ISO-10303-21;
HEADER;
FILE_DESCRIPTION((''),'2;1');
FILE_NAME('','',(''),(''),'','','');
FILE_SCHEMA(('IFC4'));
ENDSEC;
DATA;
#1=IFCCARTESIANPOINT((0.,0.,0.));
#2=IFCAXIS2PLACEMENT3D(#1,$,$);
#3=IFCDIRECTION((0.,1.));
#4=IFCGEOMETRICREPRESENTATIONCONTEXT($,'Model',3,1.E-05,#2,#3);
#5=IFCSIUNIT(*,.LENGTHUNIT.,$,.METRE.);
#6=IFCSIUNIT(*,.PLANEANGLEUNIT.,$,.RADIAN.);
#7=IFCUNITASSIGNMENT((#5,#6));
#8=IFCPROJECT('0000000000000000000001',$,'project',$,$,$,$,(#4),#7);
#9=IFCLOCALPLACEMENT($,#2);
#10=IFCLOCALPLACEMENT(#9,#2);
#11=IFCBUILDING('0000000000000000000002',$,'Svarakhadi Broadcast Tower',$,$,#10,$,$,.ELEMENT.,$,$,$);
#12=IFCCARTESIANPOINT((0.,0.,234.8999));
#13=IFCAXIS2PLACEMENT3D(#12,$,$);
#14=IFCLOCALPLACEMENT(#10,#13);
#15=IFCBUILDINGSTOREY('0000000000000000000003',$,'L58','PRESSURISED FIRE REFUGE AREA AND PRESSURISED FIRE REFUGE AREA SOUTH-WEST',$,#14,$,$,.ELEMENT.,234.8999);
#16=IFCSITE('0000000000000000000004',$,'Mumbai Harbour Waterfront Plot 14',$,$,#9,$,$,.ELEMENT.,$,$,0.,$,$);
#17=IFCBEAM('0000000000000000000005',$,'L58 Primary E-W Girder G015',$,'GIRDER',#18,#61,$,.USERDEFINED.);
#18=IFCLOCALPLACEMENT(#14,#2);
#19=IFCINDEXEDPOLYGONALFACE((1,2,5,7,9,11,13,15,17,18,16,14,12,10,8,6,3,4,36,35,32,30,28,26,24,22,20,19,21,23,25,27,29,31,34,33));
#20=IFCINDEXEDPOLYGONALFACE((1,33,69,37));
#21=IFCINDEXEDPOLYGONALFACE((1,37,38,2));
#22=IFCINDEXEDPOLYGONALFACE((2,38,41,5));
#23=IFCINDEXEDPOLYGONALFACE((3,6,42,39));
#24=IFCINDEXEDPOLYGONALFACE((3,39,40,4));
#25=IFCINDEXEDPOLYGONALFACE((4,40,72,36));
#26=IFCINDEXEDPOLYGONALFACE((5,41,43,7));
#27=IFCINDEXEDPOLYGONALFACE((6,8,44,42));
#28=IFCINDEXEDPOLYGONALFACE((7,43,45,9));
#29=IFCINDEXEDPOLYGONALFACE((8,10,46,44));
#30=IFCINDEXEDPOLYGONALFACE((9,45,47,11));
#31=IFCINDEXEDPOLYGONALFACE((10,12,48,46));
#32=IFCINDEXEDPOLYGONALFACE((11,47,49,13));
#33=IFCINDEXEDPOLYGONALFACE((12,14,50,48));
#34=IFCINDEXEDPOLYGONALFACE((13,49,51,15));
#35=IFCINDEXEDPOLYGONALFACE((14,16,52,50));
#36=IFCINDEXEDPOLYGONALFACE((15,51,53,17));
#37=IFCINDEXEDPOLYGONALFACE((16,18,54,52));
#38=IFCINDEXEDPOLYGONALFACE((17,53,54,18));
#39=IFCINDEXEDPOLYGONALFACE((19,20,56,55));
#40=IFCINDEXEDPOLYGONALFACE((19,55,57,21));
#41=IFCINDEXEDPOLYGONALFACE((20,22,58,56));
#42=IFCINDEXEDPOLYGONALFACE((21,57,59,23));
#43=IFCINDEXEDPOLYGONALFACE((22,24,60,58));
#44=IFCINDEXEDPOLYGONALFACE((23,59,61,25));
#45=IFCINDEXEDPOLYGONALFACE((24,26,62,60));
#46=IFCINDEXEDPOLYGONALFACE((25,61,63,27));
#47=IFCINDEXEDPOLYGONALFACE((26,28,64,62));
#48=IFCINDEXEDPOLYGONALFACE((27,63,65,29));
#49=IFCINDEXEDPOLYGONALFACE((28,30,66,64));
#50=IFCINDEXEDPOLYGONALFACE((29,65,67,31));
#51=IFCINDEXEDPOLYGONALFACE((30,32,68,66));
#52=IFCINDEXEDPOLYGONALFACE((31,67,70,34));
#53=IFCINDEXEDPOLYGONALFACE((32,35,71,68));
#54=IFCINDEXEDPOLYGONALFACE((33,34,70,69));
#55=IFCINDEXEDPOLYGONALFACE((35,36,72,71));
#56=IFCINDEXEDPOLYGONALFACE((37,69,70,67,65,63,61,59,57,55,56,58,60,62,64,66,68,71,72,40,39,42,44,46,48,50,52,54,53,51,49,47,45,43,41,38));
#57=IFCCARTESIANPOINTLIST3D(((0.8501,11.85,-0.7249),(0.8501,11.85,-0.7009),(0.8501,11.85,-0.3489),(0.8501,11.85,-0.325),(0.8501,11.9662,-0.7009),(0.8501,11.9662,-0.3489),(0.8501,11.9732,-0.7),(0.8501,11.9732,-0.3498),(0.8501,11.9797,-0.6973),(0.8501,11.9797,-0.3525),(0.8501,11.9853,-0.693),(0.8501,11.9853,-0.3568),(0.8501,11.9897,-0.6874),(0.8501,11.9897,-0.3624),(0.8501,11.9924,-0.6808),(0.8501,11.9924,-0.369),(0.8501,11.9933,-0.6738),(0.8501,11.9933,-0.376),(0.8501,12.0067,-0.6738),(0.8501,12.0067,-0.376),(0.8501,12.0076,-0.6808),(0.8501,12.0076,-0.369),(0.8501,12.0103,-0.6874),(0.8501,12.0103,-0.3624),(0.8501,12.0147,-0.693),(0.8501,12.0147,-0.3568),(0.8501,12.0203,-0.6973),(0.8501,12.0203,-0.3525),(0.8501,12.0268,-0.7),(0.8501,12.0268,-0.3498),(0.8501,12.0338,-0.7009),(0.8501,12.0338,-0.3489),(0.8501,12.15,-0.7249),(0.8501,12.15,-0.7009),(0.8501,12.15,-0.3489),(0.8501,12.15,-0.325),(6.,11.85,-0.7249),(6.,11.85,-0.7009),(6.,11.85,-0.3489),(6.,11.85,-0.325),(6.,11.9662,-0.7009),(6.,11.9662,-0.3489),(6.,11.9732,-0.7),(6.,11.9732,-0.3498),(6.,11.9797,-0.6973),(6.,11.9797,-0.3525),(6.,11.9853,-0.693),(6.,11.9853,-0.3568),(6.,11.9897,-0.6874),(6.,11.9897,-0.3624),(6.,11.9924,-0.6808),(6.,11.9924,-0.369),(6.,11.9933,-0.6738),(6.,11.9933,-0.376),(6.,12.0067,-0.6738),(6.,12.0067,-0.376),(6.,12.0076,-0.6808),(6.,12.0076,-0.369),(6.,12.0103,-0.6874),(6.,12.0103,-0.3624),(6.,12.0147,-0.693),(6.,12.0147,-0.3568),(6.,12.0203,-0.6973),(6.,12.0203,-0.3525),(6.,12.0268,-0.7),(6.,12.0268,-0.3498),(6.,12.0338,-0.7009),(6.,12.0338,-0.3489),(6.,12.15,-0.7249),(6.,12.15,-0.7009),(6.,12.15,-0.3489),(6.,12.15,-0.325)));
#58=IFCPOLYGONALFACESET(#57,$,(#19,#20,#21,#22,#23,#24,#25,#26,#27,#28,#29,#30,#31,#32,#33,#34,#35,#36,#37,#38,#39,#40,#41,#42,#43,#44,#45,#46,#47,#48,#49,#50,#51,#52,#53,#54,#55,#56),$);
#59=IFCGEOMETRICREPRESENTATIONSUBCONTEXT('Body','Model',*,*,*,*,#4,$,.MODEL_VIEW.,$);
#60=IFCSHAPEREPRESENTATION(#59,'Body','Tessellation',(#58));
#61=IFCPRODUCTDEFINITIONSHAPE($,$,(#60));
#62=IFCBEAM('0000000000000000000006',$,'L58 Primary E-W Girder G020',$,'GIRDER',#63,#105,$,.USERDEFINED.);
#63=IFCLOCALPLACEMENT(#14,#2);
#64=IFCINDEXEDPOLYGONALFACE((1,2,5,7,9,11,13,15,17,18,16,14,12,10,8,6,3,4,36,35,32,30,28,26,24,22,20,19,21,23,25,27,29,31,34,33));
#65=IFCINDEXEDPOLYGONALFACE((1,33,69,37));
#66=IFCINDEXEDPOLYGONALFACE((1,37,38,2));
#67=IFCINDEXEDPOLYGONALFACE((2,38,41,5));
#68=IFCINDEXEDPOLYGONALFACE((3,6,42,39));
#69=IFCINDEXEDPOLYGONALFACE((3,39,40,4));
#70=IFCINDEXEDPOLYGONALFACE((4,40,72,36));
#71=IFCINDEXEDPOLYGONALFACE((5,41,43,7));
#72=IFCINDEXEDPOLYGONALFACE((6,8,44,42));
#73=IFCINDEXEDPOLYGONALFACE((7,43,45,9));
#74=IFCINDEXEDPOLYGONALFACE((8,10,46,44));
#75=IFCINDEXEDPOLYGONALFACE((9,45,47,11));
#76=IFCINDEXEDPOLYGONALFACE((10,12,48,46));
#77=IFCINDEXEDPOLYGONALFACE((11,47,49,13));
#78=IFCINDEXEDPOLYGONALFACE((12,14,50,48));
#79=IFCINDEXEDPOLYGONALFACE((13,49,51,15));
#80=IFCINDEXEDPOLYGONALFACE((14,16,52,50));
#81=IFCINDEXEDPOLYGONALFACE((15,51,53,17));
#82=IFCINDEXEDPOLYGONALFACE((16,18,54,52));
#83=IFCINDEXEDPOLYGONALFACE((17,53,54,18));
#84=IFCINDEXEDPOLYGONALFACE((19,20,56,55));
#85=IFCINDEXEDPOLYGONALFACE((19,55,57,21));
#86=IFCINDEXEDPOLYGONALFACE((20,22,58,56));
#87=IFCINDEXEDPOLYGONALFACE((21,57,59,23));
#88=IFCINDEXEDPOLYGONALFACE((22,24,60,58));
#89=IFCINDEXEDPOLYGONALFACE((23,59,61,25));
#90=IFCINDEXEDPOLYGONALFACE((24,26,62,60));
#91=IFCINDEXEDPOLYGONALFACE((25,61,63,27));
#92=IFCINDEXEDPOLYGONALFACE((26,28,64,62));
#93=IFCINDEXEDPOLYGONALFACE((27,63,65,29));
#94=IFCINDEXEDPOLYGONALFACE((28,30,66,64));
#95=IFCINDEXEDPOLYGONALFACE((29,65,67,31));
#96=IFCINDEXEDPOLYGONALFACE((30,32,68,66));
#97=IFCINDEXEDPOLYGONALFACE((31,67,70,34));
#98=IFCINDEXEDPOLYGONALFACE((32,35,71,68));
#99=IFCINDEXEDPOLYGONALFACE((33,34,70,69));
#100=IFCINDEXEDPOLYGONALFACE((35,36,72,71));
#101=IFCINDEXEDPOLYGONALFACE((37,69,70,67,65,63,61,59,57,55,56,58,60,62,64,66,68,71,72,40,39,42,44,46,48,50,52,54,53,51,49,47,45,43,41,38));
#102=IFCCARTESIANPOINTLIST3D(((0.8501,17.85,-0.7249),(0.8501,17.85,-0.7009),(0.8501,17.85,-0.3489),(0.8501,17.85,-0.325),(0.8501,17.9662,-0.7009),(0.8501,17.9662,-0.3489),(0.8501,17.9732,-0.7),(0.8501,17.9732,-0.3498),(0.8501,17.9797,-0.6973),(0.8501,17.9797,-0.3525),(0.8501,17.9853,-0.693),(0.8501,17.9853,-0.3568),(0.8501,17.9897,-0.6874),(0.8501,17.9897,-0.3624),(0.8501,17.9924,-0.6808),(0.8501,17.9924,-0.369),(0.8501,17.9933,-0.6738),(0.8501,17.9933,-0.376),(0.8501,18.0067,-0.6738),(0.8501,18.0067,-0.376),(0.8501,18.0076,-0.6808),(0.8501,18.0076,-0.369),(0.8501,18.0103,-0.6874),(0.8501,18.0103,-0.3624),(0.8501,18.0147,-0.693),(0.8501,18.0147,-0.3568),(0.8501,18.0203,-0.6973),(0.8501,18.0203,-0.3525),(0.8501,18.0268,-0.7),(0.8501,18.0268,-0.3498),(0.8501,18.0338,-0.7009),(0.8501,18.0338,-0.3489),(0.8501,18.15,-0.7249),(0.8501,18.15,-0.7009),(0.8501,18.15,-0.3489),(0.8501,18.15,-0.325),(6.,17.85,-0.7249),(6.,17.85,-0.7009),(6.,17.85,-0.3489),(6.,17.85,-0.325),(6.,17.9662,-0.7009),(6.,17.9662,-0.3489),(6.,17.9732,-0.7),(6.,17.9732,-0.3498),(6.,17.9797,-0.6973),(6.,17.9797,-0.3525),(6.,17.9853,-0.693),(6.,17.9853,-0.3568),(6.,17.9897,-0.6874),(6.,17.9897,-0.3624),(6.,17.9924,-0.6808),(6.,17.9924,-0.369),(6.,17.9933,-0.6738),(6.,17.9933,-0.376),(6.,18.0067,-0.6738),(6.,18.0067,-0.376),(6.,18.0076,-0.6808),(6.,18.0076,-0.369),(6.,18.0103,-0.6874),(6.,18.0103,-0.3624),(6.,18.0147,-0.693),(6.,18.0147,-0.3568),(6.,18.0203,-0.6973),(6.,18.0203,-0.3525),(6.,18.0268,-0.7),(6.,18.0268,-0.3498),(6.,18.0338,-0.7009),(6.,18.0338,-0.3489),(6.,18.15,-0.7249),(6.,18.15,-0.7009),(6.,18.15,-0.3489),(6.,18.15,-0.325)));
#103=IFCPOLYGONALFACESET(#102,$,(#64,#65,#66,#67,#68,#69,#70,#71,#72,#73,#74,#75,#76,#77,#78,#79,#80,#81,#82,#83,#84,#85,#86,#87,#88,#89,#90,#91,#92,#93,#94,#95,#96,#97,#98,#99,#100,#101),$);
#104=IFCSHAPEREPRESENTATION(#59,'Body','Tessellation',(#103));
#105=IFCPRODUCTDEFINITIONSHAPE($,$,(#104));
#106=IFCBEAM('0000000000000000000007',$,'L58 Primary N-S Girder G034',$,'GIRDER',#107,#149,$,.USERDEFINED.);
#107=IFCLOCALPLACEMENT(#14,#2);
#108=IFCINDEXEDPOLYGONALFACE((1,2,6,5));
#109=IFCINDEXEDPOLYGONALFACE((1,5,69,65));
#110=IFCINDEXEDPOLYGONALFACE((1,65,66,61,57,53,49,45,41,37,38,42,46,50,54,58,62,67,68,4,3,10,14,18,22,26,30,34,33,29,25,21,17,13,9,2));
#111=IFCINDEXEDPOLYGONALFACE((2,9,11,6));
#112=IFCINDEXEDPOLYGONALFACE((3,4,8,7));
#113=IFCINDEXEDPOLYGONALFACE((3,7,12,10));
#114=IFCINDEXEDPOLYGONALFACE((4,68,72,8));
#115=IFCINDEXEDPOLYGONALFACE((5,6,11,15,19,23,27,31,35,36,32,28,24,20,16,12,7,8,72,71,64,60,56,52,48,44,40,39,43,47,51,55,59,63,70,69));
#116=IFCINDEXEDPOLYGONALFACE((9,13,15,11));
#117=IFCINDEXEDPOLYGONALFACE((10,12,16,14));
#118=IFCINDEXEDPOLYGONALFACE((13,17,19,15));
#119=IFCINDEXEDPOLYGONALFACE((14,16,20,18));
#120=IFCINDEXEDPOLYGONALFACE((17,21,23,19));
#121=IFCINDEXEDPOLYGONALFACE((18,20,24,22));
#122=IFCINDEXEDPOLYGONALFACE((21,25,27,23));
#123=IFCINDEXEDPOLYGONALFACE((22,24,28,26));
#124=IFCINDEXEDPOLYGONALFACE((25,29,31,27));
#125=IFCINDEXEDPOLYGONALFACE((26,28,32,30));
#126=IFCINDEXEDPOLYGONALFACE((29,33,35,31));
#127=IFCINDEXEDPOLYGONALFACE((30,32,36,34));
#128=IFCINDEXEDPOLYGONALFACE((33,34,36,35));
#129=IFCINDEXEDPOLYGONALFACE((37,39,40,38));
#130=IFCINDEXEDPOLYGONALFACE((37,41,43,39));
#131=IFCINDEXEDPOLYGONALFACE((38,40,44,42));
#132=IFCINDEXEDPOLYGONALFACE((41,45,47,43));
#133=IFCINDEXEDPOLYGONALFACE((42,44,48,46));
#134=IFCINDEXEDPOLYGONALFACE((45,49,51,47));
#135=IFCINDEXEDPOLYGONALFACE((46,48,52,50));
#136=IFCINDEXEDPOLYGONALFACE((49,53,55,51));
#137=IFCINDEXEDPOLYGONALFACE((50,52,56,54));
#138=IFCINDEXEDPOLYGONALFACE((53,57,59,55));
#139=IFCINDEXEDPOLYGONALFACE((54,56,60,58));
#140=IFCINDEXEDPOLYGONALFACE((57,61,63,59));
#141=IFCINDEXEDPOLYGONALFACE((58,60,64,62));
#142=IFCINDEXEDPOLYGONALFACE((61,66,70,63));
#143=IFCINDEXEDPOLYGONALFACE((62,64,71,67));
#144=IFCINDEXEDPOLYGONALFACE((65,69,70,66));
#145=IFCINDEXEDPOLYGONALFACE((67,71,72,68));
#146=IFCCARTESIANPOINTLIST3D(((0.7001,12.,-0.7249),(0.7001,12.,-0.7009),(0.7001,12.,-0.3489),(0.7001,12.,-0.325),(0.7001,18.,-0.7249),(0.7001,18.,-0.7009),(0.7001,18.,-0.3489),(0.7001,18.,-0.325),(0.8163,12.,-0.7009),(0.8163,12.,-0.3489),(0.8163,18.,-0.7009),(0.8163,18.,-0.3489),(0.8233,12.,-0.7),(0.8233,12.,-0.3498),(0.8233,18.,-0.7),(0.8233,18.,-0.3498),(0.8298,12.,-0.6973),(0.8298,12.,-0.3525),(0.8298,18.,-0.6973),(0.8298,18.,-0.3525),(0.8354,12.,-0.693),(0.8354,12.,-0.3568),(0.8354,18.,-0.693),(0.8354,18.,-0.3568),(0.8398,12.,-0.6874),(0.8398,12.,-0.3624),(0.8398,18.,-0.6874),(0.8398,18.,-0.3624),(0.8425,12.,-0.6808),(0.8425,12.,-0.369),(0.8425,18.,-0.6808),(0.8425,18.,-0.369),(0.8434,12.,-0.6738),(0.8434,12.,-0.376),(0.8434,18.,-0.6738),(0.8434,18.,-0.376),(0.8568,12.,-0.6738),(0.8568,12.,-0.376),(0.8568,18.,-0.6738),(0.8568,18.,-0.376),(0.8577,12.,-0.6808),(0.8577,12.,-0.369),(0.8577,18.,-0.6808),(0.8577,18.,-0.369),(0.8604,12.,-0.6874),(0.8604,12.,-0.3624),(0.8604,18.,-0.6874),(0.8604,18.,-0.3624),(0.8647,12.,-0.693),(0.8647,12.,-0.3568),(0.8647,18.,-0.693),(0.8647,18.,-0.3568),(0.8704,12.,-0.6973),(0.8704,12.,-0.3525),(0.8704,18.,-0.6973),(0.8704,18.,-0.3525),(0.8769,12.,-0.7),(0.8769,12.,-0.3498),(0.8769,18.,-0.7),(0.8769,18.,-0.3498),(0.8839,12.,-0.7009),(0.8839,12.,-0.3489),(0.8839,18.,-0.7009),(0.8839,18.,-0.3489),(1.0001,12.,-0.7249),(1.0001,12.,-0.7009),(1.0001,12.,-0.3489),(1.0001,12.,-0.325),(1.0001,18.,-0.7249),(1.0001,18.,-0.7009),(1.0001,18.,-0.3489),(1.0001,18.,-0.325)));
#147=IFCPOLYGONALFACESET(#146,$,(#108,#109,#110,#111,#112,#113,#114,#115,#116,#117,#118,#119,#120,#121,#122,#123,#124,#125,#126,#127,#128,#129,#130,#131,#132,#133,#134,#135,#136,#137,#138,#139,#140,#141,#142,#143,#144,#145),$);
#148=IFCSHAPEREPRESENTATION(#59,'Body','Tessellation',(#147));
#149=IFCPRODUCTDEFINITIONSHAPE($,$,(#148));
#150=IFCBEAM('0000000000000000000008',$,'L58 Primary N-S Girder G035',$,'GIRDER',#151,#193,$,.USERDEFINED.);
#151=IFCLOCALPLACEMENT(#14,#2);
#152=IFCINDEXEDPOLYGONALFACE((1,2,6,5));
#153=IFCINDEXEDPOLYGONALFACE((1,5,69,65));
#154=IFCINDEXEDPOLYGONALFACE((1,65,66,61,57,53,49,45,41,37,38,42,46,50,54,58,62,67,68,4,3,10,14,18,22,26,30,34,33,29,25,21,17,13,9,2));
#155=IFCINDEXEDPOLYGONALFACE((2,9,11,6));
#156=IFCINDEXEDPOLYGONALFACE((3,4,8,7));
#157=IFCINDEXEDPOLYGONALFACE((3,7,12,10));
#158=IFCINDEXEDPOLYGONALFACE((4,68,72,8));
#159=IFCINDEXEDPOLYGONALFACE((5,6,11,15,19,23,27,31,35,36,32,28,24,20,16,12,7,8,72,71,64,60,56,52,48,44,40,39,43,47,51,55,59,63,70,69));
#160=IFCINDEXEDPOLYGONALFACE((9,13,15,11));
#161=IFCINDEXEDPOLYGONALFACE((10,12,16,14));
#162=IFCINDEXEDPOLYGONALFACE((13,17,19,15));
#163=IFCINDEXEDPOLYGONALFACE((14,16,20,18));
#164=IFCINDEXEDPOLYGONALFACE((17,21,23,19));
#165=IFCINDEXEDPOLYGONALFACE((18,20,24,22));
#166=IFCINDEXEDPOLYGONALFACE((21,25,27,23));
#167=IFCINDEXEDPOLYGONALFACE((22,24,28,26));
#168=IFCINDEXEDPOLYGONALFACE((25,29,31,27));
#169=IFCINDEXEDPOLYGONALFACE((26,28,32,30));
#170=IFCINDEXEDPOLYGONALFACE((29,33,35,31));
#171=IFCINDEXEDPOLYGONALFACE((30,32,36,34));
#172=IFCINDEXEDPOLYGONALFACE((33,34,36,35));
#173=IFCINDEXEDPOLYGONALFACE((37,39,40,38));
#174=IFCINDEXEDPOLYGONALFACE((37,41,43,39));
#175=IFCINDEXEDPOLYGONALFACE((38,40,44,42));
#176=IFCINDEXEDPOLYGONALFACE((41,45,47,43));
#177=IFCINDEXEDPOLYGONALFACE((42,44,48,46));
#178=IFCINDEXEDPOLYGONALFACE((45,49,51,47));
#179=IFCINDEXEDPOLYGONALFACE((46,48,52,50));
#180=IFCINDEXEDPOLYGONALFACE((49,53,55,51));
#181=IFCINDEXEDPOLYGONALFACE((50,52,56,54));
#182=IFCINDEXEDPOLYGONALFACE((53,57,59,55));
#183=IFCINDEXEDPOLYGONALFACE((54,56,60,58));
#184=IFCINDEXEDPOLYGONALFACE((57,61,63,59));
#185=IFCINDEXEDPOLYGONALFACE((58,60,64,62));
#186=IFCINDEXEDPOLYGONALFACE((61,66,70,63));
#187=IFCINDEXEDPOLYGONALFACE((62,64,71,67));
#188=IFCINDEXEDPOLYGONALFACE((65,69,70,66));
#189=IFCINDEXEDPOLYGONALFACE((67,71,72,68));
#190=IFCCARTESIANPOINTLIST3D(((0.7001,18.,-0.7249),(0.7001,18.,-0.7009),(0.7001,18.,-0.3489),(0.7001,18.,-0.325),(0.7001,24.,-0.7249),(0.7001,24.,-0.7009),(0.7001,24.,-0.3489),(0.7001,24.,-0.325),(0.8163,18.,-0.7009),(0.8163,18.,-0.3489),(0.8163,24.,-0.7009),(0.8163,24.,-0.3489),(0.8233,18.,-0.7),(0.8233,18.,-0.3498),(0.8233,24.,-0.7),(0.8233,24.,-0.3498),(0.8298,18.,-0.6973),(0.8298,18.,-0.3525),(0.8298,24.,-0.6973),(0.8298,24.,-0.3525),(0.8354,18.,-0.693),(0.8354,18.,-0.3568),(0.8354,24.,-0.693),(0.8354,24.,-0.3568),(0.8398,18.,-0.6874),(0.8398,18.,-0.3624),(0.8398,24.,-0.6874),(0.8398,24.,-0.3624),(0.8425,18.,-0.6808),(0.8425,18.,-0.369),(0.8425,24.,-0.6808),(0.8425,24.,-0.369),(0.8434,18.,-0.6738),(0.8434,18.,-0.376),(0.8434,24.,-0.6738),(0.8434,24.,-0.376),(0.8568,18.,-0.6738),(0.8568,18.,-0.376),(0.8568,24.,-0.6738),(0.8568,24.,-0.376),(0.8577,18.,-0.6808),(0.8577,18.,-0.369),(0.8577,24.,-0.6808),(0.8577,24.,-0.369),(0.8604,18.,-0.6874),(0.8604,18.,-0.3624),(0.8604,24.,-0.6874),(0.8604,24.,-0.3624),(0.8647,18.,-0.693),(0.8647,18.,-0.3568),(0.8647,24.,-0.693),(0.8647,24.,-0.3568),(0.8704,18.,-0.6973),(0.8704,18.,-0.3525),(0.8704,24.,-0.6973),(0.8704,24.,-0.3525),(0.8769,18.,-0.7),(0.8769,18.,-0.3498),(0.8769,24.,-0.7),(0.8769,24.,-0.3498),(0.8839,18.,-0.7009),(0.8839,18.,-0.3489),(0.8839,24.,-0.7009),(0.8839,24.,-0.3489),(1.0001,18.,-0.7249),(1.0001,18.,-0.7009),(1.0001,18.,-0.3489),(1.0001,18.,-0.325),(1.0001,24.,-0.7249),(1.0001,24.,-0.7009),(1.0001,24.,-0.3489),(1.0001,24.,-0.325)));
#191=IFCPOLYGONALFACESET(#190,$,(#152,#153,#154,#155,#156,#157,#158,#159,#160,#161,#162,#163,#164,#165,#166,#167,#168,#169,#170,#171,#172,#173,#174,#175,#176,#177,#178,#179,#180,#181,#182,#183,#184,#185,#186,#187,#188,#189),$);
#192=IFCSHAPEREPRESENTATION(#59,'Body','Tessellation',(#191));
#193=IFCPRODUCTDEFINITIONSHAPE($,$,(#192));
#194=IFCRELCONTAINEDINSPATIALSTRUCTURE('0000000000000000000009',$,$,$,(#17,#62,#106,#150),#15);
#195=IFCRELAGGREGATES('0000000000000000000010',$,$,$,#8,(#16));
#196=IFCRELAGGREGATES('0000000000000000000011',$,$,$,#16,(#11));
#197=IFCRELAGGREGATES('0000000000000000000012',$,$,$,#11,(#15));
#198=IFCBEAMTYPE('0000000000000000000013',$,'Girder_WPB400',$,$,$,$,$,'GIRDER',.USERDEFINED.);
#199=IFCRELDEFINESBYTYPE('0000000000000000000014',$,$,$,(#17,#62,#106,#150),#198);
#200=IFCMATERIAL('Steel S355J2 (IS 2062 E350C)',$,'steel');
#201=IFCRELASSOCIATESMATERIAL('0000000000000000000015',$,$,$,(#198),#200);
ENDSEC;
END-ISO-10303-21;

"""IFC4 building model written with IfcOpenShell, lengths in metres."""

from ifc_helpers import new_model, si_unit, direction, frame, origin, origin_2d, place, context, subcontext, project, spatial, i_section, extrude, material, material_profile, profile_set, type_object, element, save


model = new_model("IFC4")

# Units and contexts
model_context = context("Model", 3, precision=1e-05, world=origin(), true_north=direction((0.0, 1.0)))
body_context = subcontext(model_context, "Body", "Model", "MODEL_VIEW")
ifc_project = project(units=[si_unit("LENGTHUNIT", "METRE"), si_unit("PLANEANGLEUNIT", "RADIAN")], contexts=[model_context])

# Site, building, storey
site_placement = place(None, origin())
site = spatial("IfcSite", under=ifc_project, at=site_placement, Name="Mumbai Harbour Waterfront Plot 14", CompositionType="ELEMENT", RefElevation=0.0)
building_placement = place(site_placement, origin())
building = spatial("IfcBuilding", under=site, at=building_placement, Name="Svarakhadi Broadcast Tower", CompositionType="ELEMENT")
storey_placement = place(building_placement, frame((0.0, 0.0, 234.8999)))
storey = spatial("IfcBuildingStorey", under=building, at=storey_placement, Name="L58", Description="PRESSURISED FIRE REFUGE AREA AND PRESSURISED FIRE REFUGE AREA SOUTH-WEST", CompositionType="ELEMENT", Elevation=234.8999)

# Shared definitions
ifc_material_1 = material(Name="Steel S355J2 (IS 2062 E350C)", Category="steel")

# Beams
ifc_material_profile_1 = material_profile(ifc_material_1, i_section(OverallWidth=0.3, OverallDepth=0.3999, WebThickness=0.0134, FlangeThickness=0.0239, FilletRadius=0.0271, at=origin_2d()), Name="WPB 400x300x155")
ifc_profile_set_1 = profile_set([ifc_material_profile_1], Name="Steel S355J2 (IS 2062 E350C)")
beam_type_1 = type_object("IfcBeamType", Name="Girder_WPB400", ElementType="GIRDER", PredefinedType="USERDEFINED", material=ifc_profile_set_1)
for number, where, z_axis, x_axis, name in (
    (1, (0.8501, 12.0, -0.5249), (1.0, 0.0, 0.0), (0.0, 1.0, 0.0), "L58 Primary E-W Girder G015"),
    (2, (0.8501, 18.0, -0.5249), (1.0, 0.0, 0.0), (0.0, 1.0, 0.0), "L58 Primary E-W Girder G020"),
):
    element("IfcBeam", number, at=place(storey_placement, frame(where, z_axis=z_axis, x_axis=x_axis)), inside=storey, type_object=beam_type_1, Name=name, ObjectType="GIRDER", PredefinedType="USERDEFINED", context=body_context, shape_type="SweptSolid", body=[
        extrude(i_section(OverallWidth=0.3, OverallDepth=0.3999, WebThickness=0.0134, FlangeThickness=0.0239, FilletRadius=0.0271, at=origin_2d()), origin(), (0.0, 0.0, 1.0), 5.1499),
    ])
for number, where, z_axis, x_axis, name in (
    (3, (0.8501, 12.0, -0.5249), (0.0, 1.0, 0.0), (-1.0, 0.0, 0.0), "L58 Primary N-S Girder G034"),
    (4, (0.8501, 18.0, -0.5249), (0.0, 1.0, 0.0), (-1.0, 0.0, 0.0), "L58 Primary N-S Girder G035"),
):
    element("IfcBeam", number, at=place(storey_placement, frame(where, z_axis=z_axis, x_axis=x_axis)), inside=storey, type_object=beam_type_1, Name=name, ObjectType="GIRDER", PredefinedType="USERDEFINED", context=body_context, shape_type="SweptSolid", body=[
        extrude(i_section(OverallWidth=0.3, OverallDepth=0.3999, WebThickness=0.0134, FlangeThickness=0.0239, FilletRadius=0.0271, at=origin_2d()), origin(), (0.0, 0.0, 1.0), 6.0),
    ])

save(model, "model.ifc")
